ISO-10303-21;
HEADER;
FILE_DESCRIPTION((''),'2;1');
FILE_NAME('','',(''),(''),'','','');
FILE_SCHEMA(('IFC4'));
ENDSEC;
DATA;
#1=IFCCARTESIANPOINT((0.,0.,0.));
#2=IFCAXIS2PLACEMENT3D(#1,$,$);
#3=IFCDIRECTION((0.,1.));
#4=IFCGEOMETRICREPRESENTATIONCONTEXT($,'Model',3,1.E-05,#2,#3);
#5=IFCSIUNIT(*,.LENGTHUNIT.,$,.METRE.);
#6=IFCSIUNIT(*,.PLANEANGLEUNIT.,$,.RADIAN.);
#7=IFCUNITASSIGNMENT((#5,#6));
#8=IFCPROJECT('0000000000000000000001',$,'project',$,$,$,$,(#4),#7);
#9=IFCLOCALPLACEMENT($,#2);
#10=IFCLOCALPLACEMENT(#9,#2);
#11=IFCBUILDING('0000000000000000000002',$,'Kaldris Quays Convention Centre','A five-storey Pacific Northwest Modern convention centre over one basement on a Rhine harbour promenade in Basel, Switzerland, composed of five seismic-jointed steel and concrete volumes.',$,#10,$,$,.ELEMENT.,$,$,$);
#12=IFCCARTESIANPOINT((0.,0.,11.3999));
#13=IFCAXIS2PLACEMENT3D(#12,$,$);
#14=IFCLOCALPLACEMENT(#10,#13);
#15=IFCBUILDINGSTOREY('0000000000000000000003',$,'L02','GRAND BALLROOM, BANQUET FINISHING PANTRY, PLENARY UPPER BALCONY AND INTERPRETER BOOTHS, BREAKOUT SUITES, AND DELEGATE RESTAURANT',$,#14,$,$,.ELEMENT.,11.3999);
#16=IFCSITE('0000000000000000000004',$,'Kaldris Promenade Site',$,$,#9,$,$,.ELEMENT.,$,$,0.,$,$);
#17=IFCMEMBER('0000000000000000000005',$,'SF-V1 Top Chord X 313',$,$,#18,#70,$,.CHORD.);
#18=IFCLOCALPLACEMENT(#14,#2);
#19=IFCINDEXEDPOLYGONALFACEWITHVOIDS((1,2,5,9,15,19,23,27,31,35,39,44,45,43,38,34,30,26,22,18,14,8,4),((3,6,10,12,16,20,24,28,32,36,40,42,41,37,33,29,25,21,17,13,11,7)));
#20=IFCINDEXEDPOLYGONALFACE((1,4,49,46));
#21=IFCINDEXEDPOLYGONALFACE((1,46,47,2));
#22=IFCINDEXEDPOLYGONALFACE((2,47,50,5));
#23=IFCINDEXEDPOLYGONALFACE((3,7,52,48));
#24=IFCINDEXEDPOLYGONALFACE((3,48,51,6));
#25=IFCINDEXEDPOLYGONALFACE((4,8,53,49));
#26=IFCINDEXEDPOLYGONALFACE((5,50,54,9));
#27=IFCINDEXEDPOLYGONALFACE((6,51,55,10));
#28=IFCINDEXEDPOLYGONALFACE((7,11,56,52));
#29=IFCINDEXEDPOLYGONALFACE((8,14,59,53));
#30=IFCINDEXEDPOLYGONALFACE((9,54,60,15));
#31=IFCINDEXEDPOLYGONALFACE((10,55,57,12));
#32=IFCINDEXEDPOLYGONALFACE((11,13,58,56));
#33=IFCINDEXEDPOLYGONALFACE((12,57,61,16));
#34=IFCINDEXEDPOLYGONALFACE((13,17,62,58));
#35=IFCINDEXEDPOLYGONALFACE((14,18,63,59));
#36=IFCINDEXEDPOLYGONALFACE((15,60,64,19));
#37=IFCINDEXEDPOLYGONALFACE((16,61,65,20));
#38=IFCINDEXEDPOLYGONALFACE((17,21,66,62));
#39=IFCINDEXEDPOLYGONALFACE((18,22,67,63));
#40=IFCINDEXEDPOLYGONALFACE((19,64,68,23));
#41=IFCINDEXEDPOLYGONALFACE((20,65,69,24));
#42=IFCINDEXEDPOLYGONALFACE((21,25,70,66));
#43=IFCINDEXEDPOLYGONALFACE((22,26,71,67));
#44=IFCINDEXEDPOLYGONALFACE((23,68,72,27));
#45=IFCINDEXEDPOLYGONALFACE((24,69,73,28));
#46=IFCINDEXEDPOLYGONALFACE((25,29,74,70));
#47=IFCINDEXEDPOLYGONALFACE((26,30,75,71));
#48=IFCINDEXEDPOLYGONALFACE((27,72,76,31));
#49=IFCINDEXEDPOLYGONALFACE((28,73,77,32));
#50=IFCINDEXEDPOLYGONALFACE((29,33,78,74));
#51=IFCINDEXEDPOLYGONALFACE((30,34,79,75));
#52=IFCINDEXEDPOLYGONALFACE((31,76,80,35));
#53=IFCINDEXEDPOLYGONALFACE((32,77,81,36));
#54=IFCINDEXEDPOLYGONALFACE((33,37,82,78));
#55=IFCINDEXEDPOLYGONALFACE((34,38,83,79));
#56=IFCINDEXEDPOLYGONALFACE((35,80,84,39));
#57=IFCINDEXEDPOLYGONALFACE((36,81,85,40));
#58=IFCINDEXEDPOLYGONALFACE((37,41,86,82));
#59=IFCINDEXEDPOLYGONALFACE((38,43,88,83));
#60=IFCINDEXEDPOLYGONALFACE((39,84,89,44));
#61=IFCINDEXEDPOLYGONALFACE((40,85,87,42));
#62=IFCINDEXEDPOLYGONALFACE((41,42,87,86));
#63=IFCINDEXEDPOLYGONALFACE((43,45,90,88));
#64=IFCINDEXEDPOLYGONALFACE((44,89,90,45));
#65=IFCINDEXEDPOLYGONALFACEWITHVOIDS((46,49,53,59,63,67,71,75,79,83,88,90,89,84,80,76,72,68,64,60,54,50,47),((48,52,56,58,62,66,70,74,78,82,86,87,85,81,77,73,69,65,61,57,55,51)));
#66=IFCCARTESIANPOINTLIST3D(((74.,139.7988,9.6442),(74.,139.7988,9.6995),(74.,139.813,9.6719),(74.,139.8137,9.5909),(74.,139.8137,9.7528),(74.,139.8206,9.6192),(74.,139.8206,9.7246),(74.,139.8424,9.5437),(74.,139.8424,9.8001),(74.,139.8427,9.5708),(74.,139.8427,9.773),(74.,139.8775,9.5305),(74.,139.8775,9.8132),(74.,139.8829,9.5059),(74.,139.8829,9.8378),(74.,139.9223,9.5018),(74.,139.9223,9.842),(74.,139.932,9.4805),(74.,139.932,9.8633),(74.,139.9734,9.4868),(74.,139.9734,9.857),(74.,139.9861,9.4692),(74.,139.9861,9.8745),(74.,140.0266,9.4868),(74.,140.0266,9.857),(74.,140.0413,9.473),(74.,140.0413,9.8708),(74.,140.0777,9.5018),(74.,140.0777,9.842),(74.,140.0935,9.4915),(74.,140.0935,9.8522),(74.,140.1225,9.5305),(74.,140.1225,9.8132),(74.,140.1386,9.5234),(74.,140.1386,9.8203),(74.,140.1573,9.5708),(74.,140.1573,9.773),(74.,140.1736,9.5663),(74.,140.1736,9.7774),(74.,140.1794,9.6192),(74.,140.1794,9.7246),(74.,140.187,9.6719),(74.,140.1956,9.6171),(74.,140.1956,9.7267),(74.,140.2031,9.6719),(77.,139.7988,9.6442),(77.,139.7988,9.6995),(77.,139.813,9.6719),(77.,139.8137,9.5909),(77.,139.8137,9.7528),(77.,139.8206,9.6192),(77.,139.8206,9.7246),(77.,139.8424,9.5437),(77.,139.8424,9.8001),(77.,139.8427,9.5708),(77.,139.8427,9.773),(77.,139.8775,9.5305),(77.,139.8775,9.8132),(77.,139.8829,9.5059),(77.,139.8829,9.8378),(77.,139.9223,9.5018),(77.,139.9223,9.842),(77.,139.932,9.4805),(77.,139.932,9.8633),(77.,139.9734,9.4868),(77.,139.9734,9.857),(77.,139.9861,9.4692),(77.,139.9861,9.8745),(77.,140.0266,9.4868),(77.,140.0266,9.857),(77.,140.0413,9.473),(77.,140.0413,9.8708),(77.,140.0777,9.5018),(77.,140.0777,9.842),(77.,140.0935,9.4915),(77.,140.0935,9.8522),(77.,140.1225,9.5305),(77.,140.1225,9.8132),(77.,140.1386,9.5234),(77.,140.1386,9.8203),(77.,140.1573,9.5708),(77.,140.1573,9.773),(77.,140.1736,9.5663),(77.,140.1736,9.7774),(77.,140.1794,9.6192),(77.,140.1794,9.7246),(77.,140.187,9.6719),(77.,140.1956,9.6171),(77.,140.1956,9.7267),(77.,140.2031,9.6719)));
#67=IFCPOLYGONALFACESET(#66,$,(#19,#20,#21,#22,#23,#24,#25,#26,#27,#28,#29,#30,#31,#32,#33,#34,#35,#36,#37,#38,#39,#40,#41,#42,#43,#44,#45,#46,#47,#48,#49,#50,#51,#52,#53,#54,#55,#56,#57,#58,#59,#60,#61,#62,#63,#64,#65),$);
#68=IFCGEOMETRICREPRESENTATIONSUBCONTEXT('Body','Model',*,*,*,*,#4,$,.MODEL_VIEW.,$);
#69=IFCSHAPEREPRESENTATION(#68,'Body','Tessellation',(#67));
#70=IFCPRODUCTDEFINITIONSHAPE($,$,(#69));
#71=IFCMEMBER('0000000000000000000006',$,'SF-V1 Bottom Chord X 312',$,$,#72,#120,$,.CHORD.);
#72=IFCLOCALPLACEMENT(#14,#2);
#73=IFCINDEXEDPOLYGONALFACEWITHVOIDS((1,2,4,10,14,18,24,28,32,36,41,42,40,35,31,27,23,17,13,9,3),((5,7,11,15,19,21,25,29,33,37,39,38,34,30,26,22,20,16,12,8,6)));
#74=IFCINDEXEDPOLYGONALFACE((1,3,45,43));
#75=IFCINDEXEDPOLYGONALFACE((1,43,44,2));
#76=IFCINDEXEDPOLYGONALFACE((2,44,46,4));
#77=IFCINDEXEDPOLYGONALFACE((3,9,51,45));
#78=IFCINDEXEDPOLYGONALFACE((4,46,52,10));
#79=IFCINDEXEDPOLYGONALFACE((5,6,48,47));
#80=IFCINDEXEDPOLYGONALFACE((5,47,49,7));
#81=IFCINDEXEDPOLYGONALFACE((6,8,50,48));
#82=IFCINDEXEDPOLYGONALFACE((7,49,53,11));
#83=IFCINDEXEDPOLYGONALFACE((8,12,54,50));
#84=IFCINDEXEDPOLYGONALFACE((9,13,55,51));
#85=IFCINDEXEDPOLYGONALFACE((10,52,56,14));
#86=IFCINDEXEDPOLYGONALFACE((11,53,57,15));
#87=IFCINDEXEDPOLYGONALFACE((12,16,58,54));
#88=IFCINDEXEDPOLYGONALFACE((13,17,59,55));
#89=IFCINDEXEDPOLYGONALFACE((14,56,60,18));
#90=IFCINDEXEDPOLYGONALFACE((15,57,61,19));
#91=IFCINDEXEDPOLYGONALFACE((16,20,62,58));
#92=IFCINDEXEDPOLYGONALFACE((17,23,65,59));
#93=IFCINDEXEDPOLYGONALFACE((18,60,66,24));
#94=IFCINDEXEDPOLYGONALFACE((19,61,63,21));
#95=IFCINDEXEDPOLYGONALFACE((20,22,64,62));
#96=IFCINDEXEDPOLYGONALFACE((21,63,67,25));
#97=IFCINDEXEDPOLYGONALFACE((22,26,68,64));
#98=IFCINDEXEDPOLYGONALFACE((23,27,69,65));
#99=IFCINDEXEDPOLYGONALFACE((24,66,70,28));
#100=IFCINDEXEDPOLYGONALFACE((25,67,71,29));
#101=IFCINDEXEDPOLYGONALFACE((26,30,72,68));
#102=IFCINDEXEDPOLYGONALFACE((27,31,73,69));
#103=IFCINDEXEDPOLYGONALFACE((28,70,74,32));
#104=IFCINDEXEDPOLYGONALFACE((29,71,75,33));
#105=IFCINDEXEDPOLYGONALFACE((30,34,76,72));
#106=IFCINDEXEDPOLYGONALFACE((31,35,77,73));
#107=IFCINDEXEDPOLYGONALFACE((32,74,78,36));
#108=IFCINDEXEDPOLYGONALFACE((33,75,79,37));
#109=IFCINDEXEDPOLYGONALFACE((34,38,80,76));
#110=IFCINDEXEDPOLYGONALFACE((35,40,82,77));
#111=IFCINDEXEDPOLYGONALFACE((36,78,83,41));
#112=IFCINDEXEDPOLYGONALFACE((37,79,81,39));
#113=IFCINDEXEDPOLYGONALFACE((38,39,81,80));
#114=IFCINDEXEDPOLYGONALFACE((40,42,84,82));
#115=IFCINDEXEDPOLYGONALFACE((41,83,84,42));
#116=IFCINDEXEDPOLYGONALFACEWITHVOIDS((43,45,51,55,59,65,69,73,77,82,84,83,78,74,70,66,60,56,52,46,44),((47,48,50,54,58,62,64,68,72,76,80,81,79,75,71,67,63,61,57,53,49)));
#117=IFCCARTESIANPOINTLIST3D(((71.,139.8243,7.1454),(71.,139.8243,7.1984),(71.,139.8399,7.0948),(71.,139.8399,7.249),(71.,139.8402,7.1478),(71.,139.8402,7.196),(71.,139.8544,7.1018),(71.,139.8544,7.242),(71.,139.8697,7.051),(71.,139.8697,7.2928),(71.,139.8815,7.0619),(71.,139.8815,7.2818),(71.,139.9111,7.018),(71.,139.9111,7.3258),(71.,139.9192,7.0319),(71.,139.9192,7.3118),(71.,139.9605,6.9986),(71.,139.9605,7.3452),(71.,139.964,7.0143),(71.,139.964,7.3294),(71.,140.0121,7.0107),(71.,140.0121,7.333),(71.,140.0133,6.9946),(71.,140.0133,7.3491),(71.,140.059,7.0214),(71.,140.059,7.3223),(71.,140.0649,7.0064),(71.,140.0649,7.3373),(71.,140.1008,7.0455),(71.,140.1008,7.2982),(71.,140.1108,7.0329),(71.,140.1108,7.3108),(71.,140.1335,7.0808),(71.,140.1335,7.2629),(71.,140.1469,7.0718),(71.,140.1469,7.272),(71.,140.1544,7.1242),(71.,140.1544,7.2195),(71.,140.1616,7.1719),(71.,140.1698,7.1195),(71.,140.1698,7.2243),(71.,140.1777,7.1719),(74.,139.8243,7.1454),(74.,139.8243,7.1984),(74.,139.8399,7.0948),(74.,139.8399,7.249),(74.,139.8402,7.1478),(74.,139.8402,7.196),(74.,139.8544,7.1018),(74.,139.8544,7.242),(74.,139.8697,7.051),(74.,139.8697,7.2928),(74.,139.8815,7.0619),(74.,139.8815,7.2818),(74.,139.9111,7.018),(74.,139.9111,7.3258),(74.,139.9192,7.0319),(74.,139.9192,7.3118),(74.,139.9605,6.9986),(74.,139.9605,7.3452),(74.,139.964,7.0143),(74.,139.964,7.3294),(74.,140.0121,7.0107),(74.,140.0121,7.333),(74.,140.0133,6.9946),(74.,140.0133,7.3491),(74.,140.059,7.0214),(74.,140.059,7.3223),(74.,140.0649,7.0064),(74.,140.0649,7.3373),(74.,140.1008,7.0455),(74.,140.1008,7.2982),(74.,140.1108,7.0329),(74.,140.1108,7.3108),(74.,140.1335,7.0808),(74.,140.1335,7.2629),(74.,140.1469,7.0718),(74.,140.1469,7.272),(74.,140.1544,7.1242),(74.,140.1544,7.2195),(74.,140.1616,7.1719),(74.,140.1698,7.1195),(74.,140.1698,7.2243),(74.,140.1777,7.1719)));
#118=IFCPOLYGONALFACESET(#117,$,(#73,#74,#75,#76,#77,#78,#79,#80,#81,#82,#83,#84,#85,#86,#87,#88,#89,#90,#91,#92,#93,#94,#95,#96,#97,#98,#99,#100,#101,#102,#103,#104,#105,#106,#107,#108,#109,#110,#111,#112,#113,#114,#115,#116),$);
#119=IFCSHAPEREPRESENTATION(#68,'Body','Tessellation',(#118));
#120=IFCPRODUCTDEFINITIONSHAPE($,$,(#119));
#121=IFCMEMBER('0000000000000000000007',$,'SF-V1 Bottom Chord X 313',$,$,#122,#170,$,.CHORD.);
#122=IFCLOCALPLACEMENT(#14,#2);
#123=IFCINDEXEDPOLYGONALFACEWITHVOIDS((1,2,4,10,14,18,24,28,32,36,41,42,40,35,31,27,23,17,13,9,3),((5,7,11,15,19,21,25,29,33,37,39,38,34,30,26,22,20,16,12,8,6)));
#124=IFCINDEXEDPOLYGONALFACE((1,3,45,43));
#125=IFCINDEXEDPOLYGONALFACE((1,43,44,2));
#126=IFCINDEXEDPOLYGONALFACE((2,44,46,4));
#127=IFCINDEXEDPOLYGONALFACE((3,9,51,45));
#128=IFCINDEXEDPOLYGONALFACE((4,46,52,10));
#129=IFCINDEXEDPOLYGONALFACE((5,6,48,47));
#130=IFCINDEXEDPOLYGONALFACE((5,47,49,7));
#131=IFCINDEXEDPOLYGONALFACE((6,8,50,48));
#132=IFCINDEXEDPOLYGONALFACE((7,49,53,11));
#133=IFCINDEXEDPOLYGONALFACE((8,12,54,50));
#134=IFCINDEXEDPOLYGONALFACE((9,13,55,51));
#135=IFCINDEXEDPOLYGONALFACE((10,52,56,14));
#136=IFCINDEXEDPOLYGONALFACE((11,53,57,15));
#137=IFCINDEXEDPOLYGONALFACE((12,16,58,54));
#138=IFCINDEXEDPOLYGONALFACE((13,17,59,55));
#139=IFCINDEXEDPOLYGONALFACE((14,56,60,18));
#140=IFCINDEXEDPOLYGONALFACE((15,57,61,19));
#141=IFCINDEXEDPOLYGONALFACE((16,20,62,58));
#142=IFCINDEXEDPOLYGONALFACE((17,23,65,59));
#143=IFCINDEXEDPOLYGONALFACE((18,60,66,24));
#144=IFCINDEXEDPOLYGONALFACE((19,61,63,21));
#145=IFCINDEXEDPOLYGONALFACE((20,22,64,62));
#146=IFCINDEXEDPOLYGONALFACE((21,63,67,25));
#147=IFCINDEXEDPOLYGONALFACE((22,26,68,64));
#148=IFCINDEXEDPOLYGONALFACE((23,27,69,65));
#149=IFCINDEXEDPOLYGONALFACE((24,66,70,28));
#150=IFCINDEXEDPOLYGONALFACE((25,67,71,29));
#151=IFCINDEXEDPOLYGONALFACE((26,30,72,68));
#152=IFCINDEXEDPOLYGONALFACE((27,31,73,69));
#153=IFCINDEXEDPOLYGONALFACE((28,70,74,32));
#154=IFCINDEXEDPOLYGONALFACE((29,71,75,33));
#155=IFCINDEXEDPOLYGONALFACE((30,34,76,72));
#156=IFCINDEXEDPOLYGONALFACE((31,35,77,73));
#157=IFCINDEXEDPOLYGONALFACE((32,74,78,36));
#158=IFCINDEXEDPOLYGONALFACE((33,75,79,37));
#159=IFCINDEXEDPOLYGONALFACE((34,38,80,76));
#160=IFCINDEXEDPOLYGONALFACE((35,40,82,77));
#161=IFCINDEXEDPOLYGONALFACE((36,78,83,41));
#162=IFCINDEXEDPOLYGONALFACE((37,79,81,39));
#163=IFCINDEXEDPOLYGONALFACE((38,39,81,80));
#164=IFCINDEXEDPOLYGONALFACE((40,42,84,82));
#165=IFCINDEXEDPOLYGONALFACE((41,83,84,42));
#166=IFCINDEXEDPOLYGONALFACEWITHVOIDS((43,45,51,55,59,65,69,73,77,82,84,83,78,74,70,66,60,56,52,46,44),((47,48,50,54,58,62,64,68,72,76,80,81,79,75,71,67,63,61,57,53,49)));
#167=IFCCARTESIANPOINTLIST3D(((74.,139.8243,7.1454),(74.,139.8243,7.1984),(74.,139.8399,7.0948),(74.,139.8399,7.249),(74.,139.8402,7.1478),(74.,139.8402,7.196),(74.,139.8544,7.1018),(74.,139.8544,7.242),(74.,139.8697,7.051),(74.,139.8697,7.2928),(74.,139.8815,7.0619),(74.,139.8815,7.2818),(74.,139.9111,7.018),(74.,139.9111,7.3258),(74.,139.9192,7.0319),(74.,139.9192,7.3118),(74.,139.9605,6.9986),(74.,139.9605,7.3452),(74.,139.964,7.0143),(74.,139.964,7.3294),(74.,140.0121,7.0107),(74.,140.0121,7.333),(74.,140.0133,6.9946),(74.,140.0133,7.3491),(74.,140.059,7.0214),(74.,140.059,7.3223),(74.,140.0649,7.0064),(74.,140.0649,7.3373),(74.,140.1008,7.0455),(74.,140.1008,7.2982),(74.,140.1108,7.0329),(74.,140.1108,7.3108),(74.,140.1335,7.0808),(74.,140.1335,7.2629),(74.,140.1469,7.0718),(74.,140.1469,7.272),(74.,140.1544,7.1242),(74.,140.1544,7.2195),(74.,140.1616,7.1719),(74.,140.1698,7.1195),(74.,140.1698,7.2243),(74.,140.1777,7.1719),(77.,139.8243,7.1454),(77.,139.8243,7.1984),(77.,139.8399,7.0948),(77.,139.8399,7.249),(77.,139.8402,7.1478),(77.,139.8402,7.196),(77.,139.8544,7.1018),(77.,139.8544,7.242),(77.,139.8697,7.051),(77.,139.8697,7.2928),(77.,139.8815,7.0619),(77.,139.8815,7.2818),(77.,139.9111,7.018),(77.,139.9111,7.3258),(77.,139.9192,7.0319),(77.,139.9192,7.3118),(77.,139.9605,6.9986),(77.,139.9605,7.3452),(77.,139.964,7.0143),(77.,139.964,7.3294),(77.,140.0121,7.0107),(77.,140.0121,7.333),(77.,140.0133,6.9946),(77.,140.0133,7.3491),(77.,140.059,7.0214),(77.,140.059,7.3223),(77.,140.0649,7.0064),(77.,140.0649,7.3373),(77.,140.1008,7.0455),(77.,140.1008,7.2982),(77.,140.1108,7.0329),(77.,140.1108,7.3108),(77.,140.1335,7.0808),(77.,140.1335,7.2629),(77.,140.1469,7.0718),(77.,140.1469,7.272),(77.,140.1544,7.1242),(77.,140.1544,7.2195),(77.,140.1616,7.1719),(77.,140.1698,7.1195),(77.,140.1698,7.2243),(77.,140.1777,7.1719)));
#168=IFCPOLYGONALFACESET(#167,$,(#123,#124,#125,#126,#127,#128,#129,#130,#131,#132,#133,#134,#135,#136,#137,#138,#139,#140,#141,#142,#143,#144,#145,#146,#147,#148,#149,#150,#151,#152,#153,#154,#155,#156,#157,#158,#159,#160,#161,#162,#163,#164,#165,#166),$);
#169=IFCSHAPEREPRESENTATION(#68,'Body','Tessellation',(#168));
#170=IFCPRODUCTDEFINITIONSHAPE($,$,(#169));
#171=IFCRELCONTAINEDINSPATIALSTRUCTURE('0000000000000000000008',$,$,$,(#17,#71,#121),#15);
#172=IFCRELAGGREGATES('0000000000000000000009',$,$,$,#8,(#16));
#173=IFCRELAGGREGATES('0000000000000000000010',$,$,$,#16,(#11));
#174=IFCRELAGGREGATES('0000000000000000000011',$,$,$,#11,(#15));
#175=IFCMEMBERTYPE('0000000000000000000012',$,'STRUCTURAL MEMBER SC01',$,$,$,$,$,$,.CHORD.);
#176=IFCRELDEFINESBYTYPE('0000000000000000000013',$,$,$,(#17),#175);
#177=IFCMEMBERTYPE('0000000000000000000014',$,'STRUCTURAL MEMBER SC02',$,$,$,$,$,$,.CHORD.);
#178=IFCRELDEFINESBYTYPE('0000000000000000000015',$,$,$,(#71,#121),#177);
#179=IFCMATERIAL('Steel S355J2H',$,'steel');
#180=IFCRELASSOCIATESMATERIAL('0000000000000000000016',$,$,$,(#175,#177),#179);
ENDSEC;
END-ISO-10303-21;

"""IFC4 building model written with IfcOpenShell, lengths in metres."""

from ifc_helpers import new_model, si_unit, direction, frame, origin, origin_2d, place, context, subcontext, project, spatial, hollow_circle, extrude, material, material_profile, profile_set, type_object, element, save


model = new_model("IFC4")

# Units and contexts
model_context = context("Model", 3, precision=1e-05, world=origin(), true_north=direction((0.0, 1.0)))
body_context = subcontext(model_context, "Body", "Model", "MODEL_VIEW")
ifc_project = project(units=[si_unit("LENGTHUNIT", "METRE"), si_unit("PLANEANGLEUNIT", "RADIAN")], contexts=[model_context])

# Site, building, storey
site_placement = place(None, origin())
site = spatial("IfcSite", under=ifc_project, at=site_placement, Name="Kaldris Promenade Site", CompositionType="ELEMENT", RefElevation=0.0)
building_placement = place(site_placement, origin())
building = spatial("IfcBuilding", under=site, at=building_placement, Name="Kaldris Quays Convention Centre", Description="A five-storey Pacific Northwest Modern convention centre over one basement on a Rhine harbour promenade in Basel, Switzerland, composed of five seismic-jointed steel and concrete volumes.", CompositionType="ELEMENT")
storey_placement = place(building_placement, frame((0.0, 0.0, 11.3999)))
storey = spatial("IfcBuildingStorey", under=building, at=storey_placement, Name="L02", Description="GRAND BALLROOM, BANQUET FINISHING PANTRY, PLENARY UPPER BALCONY AND INTERPRETER BOOTHS, BREAKOUT SUITES, AND DELEGATE RESTAURANT", CompositionType="ELEMENT", Elevation=11.3999)

# Members
ifc_material_1 = material(Name="Steel S355J2H", Category="steel")
ifc_material_profile_1 = material_profile(ifc_material_1, hollow_circle(Radius=0.2031, WallThickness=0.0161, at=origin_2d()), Name="CHS 406.4x16")
ifc_profile_set_1 = profile_set([ifc_material_profile_1], Name="Steel S355J2H")
member_type_1 = type_object("IfcMemberType", Name="STRUCTURAL MEMBER SC01", PredefinedType="CHORD", material=ifc_profile_set_1)
for number, where, z_axis, x_axis, name in (
    (1, (74.0, 140.0, 9.6719), (1.0, 0.0, 0.0), (0.0, 1.0, 0.0), "SF-V1 Top Chord X 313"),
):
    element("IfcMember", number, at=place(storey_placement, frame(where, z_axis=z_axis, x_axis=x_axis)), inside=storey, type_object=member_type_1, Name=name, PredefinedType="CHORD", context=body_context, shape_type="SweptSolid", body=[
        extrude(hollow_circle(Radius=0.2031, WallThickness=0.0161, at=origin_2d()), origin(), (0.0, 0.0, 1.0), 3.0),
    ])
ifc_material_profile_2 = material_profile(ifc_material_1, hollow_circle(Radius=0.1777, WallThickness=0.0161, at=origin_2d()), Name="CHS 355.6x16")
ifc_profile_set_2 = profile_set([ifc_material_profile_2], Name="Steel S355J2H")
member_type_2 = type_object("IfcMemberType", Name="STRUCTURAL MEMBER SC02", PredefinedType="CHORD", material=ifc_profile_set_2)
for number, where, z_axis, x_axis, name in (
    (2, (71.0, 140.0, 7.1719), (1.0, 0.0, 0.0), (0.0, 1.0, 0.0), "SF-V1 Bottom Chord X 312"),
    (3, (74.0, 140.0, 7.1719), (1.0, 0.0, 0.0), (0.0, 1.0, 0.0), "SF-V1 Bottom Chord X 313"),
):
    element("IfcMember", number, at=place(storey_placement, frame(where, z_axis=z_axis, x_axis=x_axis)), inside=storey, type_object=member_type_2, Name=name, PredefinedType="CHORD", context=body_context, shape_type="SweptSolid", body=[
        extrude(hollow_circle(Radius=0.1777, WallThickness=0.0161, at=origin_2d()), origin(), (0.0, 0.0, 1.0), 3.0),
    ])

save(model, "model.ifc")
